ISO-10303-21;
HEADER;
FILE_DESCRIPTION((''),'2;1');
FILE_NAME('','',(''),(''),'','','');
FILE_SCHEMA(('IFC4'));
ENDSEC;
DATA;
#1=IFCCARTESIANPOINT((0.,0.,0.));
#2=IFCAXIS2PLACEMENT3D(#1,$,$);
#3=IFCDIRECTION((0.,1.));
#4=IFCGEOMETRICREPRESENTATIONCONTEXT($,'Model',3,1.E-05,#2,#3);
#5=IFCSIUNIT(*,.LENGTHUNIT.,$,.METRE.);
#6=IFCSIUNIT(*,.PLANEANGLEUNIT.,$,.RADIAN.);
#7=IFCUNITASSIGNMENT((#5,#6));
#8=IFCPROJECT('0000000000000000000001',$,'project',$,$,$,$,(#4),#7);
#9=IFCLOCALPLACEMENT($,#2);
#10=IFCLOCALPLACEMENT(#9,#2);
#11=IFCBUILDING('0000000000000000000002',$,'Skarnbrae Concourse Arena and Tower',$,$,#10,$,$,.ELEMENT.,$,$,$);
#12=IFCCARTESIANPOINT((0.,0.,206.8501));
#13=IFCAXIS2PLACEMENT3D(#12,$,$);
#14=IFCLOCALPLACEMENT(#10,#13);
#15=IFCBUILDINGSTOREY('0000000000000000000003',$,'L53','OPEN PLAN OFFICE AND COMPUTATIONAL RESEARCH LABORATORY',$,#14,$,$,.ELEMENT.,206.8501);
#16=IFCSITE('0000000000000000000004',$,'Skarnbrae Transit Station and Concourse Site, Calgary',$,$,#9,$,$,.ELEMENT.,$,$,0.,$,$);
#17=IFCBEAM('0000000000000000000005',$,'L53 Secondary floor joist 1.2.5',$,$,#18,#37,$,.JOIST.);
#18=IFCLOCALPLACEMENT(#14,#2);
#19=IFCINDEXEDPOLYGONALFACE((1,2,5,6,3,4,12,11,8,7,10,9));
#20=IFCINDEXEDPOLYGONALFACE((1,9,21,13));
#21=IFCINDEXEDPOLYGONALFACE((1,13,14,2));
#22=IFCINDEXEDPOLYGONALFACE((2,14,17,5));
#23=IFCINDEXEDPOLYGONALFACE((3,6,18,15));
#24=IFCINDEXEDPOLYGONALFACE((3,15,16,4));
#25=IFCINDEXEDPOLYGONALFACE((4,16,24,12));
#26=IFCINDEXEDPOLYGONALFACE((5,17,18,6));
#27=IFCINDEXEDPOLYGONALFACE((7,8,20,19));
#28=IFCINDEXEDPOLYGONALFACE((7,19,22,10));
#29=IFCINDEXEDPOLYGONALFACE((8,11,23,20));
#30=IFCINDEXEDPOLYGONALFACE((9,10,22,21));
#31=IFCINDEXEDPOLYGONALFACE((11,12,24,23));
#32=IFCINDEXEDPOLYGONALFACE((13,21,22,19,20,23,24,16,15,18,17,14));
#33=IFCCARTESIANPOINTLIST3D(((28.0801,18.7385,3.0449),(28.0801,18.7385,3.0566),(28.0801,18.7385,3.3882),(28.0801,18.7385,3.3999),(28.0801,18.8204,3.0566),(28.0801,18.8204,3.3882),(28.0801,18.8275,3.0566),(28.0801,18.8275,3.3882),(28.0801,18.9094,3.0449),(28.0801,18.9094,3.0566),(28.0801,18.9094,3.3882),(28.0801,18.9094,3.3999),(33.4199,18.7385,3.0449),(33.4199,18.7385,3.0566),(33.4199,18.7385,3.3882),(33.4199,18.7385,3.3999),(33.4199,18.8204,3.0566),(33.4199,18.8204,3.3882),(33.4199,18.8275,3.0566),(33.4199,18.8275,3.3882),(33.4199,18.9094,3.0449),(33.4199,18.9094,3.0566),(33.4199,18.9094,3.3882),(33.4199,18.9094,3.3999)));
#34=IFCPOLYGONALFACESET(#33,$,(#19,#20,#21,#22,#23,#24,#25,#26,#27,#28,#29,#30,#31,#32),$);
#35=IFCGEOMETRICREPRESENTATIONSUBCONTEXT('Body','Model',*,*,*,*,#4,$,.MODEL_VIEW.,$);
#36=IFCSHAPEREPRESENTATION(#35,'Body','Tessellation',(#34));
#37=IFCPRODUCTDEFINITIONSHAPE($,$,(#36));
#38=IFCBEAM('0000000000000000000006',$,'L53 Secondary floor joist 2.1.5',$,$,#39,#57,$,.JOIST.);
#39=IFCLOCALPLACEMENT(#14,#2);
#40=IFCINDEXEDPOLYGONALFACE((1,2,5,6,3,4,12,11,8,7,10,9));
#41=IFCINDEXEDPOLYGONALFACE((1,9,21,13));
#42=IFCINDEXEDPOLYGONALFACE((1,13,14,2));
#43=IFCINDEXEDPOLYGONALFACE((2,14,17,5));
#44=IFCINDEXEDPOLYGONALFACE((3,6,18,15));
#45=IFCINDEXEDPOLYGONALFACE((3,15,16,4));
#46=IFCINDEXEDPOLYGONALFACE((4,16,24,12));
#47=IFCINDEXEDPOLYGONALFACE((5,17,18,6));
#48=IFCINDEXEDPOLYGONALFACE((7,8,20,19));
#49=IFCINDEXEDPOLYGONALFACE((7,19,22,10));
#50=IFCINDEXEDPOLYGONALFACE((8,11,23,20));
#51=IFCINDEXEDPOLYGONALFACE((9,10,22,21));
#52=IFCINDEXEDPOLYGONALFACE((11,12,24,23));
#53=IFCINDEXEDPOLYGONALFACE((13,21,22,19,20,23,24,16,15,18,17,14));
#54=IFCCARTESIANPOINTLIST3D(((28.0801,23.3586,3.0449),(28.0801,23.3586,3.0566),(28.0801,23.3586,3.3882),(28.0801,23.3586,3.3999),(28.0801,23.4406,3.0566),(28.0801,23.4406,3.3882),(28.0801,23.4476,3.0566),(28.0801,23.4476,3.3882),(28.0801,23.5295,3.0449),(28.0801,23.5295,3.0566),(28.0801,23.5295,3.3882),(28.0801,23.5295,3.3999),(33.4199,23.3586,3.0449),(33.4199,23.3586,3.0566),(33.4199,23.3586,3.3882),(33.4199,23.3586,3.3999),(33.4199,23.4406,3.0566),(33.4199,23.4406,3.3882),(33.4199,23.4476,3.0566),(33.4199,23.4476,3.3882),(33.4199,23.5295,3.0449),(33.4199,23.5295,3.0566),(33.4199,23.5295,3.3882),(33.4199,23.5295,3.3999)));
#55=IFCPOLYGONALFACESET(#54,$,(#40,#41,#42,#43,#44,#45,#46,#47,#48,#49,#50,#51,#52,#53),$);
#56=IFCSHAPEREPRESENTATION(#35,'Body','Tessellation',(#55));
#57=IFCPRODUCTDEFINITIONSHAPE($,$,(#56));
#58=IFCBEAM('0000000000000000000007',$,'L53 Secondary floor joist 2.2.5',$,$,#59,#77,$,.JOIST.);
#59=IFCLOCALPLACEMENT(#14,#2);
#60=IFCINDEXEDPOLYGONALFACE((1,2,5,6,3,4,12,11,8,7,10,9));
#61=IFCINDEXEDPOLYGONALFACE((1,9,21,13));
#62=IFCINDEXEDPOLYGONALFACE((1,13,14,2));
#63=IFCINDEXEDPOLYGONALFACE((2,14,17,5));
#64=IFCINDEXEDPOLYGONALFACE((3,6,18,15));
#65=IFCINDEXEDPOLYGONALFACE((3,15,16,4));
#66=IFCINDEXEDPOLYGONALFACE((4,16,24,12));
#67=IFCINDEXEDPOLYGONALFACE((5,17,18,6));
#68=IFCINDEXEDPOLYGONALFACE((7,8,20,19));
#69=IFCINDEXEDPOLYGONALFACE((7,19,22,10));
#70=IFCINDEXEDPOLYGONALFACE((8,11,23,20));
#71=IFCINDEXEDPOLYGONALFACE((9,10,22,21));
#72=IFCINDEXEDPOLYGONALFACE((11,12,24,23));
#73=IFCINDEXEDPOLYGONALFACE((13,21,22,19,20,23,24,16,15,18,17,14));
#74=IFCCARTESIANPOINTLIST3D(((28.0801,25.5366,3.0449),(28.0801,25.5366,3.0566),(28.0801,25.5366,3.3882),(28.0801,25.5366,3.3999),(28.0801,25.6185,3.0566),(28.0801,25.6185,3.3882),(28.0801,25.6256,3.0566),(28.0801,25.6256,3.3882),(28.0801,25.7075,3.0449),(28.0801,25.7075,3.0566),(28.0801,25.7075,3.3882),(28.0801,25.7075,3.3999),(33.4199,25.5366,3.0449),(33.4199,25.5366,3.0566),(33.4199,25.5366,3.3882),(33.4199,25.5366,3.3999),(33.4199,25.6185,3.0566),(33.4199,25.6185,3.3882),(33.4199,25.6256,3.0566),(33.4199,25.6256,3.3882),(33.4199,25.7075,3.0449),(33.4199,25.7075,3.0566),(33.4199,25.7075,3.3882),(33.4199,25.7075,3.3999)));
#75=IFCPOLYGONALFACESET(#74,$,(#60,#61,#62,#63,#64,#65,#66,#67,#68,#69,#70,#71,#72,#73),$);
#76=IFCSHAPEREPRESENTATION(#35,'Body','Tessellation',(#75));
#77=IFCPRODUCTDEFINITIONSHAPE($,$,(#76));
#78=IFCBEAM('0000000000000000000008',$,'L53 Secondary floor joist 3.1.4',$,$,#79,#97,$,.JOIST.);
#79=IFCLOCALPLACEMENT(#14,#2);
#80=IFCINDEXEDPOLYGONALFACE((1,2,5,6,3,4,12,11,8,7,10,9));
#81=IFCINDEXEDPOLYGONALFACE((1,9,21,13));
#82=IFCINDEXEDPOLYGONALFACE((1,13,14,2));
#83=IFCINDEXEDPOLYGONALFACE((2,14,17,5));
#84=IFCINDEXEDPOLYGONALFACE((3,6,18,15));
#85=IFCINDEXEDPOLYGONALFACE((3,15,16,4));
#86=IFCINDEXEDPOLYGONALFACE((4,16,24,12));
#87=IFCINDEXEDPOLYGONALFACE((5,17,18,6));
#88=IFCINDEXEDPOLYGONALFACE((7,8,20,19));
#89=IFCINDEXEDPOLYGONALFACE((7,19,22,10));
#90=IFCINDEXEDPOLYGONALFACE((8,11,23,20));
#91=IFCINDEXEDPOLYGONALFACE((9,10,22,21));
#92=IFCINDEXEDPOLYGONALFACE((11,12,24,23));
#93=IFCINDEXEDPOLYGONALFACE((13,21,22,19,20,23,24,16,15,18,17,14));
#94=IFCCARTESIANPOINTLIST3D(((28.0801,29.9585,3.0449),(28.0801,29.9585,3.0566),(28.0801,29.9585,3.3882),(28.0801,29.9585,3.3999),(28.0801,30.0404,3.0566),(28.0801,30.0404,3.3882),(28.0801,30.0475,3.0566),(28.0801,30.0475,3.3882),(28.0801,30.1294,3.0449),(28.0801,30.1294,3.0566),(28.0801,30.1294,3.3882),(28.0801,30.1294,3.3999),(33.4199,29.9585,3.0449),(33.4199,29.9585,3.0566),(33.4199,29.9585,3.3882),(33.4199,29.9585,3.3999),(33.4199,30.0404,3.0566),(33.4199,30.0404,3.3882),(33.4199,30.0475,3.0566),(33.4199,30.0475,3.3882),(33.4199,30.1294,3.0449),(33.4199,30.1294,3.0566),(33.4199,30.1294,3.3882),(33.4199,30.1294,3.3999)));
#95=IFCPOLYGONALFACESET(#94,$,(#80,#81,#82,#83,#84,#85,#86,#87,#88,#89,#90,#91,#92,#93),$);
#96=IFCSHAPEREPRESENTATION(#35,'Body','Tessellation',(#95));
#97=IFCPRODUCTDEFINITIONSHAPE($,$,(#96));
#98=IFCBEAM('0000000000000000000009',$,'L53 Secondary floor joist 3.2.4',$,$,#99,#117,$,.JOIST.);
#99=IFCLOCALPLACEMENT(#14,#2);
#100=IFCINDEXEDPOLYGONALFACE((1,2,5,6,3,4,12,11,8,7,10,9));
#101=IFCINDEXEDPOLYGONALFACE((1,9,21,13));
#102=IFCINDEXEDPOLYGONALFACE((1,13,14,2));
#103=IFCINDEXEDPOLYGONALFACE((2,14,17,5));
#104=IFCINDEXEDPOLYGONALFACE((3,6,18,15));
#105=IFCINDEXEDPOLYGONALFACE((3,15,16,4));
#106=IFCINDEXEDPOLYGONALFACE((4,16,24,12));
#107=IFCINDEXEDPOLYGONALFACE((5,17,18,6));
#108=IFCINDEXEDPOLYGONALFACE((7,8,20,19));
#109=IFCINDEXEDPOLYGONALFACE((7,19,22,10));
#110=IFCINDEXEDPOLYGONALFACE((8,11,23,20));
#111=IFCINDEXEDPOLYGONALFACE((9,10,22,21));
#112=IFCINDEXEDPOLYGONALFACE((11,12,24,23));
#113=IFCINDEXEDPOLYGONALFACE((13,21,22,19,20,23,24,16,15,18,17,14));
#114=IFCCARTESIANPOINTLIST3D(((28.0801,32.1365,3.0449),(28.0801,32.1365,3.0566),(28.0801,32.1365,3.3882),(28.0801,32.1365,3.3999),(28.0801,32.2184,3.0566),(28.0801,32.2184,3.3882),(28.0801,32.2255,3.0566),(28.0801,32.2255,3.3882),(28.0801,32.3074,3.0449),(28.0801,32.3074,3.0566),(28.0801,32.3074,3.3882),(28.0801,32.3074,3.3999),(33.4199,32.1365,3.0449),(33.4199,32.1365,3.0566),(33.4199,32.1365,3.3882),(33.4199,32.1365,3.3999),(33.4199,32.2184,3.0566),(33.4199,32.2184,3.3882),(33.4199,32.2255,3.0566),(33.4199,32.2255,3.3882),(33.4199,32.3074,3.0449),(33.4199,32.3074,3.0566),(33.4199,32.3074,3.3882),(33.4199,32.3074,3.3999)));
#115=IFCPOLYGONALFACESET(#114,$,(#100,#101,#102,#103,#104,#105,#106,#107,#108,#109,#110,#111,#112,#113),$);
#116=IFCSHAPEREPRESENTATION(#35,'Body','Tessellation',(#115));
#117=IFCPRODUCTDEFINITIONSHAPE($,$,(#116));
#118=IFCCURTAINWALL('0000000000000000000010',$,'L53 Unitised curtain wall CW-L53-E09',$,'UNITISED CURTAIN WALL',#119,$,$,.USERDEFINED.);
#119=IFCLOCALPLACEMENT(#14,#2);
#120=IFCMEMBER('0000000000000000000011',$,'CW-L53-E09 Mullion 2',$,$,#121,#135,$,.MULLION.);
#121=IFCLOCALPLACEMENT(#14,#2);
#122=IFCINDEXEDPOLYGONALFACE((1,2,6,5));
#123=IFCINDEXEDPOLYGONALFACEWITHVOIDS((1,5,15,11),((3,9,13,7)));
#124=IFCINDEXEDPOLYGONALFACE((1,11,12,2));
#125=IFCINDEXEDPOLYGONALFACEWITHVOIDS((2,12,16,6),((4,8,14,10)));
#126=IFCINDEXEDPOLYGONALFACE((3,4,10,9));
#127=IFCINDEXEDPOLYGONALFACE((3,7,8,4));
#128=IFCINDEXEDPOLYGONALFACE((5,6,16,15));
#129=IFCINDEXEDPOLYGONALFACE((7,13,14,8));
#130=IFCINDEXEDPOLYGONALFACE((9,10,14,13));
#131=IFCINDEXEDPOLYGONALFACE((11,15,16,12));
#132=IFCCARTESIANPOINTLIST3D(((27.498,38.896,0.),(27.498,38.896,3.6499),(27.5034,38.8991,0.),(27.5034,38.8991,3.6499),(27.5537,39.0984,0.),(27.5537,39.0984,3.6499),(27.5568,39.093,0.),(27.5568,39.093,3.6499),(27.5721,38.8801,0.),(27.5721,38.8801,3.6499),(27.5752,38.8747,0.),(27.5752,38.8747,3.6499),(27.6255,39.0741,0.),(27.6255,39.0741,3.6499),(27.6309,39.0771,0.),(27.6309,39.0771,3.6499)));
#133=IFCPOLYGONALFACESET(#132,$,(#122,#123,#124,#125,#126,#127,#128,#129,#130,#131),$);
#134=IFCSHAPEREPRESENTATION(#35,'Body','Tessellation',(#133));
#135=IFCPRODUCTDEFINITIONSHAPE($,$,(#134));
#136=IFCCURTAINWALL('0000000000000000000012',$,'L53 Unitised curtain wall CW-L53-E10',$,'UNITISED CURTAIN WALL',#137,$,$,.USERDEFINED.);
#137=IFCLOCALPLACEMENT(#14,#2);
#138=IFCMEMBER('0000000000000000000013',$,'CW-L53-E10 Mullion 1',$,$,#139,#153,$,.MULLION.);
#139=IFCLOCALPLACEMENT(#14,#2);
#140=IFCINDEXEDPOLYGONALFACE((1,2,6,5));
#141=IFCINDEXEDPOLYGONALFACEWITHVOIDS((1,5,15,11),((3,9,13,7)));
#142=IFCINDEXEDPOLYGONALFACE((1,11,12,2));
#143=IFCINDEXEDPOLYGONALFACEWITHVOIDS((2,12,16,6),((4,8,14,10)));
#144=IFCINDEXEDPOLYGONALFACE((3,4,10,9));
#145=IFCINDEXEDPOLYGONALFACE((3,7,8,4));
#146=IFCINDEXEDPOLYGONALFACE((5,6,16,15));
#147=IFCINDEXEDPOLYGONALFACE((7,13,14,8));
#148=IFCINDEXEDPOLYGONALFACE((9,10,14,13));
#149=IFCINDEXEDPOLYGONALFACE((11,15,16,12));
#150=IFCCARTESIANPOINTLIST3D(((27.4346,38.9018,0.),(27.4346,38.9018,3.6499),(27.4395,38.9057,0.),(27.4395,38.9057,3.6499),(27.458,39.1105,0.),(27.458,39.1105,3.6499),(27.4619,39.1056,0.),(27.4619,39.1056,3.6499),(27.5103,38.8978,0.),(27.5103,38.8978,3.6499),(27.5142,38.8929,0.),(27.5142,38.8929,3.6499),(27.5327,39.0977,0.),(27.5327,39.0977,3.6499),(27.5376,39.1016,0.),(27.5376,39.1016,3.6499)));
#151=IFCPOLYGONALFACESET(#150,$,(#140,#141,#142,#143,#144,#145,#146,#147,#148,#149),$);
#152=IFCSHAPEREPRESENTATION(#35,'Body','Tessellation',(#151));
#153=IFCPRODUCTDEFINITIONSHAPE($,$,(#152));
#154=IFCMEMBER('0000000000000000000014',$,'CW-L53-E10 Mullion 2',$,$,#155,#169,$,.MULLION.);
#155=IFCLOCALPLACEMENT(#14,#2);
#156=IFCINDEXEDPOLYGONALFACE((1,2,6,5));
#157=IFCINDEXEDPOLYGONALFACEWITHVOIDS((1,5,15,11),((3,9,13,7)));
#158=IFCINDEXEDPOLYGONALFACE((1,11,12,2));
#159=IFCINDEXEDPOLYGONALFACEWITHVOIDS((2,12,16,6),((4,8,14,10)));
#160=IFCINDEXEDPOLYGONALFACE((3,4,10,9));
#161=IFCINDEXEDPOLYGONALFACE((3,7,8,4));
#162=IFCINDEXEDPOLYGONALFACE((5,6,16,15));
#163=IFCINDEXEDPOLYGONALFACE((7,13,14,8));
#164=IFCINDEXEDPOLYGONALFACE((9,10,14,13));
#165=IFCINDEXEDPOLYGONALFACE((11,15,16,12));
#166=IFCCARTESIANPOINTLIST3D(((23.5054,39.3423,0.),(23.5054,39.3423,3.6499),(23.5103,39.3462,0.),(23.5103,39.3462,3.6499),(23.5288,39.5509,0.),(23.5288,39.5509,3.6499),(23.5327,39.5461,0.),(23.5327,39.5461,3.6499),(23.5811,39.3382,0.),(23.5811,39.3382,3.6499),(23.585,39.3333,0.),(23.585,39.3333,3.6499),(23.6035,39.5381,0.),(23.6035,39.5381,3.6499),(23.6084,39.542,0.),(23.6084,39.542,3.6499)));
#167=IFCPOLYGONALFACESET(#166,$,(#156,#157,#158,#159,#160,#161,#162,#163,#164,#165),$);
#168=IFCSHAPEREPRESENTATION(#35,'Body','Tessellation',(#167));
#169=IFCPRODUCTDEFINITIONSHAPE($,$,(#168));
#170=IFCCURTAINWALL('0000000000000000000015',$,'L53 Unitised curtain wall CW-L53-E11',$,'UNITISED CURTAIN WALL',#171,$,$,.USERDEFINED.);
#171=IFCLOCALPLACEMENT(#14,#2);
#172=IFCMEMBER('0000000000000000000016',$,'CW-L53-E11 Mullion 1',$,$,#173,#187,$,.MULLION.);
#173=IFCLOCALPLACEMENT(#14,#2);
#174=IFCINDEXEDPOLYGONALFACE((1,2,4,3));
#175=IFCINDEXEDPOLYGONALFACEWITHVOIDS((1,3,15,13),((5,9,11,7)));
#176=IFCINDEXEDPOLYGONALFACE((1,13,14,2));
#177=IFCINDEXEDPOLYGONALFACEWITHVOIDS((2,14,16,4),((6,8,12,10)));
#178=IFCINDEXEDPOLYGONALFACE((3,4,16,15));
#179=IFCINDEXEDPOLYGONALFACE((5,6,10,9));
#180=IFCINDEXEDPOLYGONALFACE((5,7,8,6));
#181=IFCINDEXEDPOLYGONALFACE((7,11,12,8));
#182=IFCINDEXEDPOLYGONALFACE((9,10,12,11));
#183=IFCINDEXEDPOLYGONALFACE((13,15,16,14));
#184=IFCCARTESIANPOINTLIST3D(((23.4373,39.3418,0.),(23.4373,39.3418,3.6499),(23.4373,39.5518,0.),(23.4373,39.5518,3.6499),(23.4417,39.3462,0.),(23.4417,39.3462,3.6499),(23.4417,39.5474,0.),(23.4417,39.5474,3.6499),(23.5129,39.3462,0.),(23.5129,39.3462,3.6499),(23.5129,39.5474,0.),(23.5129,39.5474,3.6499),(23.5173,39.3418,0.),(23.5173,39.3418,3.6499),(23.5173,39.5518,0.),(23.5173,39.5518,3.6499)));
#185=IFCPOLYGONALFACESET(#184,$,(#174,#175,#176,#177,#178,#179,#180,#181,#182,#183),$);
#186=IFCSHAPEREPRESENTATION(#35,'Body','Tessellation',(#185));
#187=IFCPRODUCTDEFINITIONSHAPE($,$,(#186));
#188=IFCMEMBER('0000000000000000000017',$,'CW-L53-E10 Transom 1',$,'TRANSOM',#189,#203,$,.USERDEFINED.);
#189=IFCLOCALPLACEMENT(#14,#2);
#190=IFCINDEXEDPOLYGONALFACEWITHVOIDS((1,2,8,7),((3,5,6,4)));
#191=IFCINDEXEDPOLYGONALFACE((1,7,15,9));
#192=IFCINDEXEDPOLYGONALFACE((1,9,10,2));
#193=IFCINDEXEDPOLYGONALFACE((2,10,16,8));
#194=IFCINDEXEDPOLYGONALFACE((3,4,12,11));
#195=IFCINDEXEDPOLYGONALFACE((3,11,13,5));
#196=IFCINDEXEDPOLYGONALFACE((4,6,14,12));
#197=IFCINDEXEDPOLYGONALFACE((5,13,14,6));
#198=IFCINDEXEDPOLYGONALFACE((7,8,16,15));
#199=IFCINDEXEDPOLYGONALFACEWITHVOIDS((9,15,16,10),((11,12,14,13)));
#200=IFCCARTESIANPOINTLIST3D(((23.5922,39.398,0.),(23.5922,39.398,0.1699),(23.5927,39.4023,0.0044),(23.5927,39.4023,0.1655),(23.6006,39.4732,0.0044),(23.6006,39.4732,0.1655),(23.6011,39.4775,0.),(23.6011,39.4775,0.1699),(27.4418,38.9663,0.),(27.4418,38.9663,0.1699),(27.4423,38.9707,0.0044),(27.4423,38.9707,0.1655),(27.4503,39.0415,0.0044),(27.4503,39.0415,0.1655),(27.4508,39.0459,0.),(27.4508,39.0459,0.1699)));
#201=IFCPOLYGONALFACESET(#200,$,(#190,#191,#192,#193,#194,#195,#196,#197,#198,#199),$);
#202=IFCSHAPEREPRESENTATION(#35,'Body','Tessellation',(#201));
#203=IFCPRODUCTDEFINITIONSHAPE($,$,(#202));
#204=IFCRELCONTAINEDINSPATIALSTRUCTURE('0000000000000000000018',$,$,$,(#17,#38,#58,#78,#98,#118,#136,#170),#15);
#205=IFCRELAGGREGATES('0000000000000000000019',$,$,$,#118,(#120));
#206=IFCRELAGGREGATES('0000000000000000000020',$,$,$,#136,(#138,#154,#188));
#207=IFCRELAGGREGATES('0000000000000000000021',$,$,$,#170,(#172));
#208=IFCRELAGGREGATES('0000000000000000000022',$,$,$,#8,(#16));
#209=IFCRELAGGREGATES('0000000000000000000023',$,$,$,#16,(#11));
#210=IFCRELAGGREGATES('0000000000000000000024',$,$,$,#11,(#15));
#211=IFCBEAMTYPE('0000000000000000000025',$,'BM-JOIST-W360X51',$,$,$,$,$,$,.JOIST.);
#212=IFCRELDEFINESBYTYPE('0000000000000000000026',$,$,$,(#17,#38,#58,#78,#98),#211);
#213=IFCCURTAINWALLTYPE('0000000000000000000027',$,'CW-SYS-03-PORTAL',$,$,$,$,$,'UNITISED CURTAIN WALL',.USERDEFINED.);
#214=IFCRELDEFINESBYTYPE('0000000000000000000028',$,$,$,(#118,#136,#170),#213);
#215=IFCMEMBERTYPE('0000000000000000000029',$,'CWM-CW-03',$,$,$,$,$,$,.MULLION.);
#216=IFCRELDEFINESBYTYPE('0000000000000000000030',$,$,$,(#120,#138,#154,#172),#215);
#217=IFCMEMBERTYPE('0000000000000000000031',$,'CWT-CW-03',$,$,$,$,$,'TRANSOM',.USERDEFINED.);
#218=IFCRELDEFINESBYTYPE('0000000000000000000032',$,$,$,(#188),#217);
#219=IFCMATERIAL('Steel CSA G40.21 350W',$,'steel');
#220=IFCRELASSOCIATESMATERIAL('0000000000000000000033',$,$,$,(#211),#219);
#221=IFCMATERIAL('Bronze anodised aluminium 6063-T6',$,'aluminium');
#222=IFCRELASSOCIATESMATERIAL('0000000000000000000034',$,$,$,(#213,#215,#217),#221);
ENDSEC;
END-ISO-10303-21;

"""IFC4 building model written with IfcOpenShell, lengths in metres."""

from ifc_helpers import new_model, si_unit, direction, frame, origin, origin_2d, place, context, subcontext, project, spatial, hollow_rectangle, i_section, extrude, source, transform, mapped, material, material_profile, profile_set, type_object, element, aggregate, save


model = new_model("IFC4")

# Units and contexts
model_context = context("Model", 3, precision=1e-05, world=origin(), true_north=direction((0.0, 1.0)))
body_context = subcontext(model_context, "Body", "Model", "MODEL_VIEW")
ifc_project = project(units=[si_unit("LENGTHUNIT", "METRE"), si_unit("PLANEANGLEUNIT", "RADIAN")], contexts=[model_context])

# Site, building, storey
site_placement = place(None, origin())
site = spatial("IfcSite", under=ifc_project, at=site_placement, Name="Skarnbrae Transit Station and Concourse Site, Calgary", CompositionType="ELEMENT", RefElevation=0.0)
building_placement = place(site_placement, origin())
building = spatial("IfcBuilding", under=site, at=building_placement, Name="Skarnbrae Concourse Arena and Tower", CompositionType="ELEMENT")
storey_placement = place(building_placement, frame((0.0, 0.0, 206.8501)))
storey = spatial("IfcBuildingStorey", under=building, at=storey_placement, Name="L53", Description="OPEN PLAN OFFICE AND COMPUTATIONAL RESEARCH LABORATORY", CompositionType="ELEMENT", Elevation=206.8501)

# Shared definitions
ifc_material_1 = material(Name="Steel CSA G40.21 350W", Category="steel")

# Beams
ifc_material_profile_1 = material_profile(ifc_material_1, i_section(OverallWidth=0.1709, OverallDepth=0.355, WebThickness=0.0071, FlangeThickness=0.0117, at=origin_2d()), Name="W360X51")
ifc_profile_set_1 = profile_set([ifc_material_profile_1], Name="Steel CSA G40.21 350W")
beam_type_1 = type_object("IfcBeamType", Name="BM-JOIST-W360X51", PredefinedType="JOIST", material=ifc_profile_set_1)
shared_shape_1 = source(origin(), body_context, "Body", "SweptSolid", [
    extrude(i_section(OverallWidth=0.1709, OverallDepth=0.355, WebThickness=0.0071, FlangeThickness=0.0117, at=origin_2d()), origin(), (0.0, 0.0, 1.0), 5.3398),
])
for number, where, z_axis, x_axis, name in (
    (1, (28.0801, 18.824, 3.2224), (1.0, 0.0, 0.0), (0.0, 1.0, 0.0), "L53 Secondary floor joist 1.2.5"),
    (2, (28.0801, 23.4441, 3.2224), (1.0, 0.0, 0.0), (0.0, 1.0, 0.0), "L53 Secondary floor joist 2.1.5"),
    (3, (28.0801, 25.6221, 3.2224), (1.0, 0.0, 0.0), (0.0, 1.0, 0.0), "L53 Secondary floor joist 2.2.5"),
    (4, (28.0801, 30.0439, 3.2224), (1.0, 0.0, 0.0), (0.0, 1.0, 0.0), "L53 Secondary floor joist 3.1.4"),
    (5, (28.0801, 32.2219, 3.2224), (1.0, 0.0, 0.0), (0.0, 1.0, 0.0), "L53 Secondary floor joist 3.2.4"),
):
    element("IfcBeam", number, at=place(storey_placement, frame(where, z_axis=z_axis, x_axis=x_axis)), inside=storey, type_object=beam_type_1, Name=name, PredefinedType="JOIST", context=body_context, shape_type="MappedRepresentation", body=[
        mapped(shared_shape_1, transform((0.0, 0.0, 0.0))),
    ])

# Curtain wall, member
ifc_material_2 = material(Name="Bronze anodised aluminium 6063-T6", Category="aluminium")
curtain_wall_type = type_object("IfcCurtainWallType", Name="CW-SYS-03-PORTAL", ElementType="UNITISED CURTAIN WALL", PredefinedType="USERDEFINED", material=ifc_material_2)
curtain_wall_1_placement = place(storey_placement, origin())
curtain_wall_1 = element("IfcCurtainWall", 6, at=curtain_wall_1_placement, inside=storey, type_object=curtain_wall_type, Name="L53 Unitised curtain wall CW-L53-E09", ObjectType="UNITISED CURTAIN WALL", PredefinedType="USERDEFINED")
ifc_material_profile_2 = material_profile(ifc_material_2, hollow_rectangle(XDim=0.0801, YDim=0.21, WallThickness=0.0044, at=origin_2d()), Name="ALU-MULL-80X210")
ifc_profile_set_2 = profile_set([ifc_material_profile_2], Name="Bronze anodised aluminium 6063-T6")
member_type_1 = type_object("IfcMemberType", Name="CWM-CW-03", PredefinedType="MULLION", material=ifc_profile_set_2)
shared_shape_2 = source(origin(), body_context, "Body", "SweptSolid", [
    extrude(hollow_rectangle(XDim=0.0801, YDim=0.21, WallThickness=0.0044, at=origin_2d()), origin(), (0.0, 0.0, 1.0), 3.6499),
])
member_1_placement = place(storey_placement, frame((27.5645, 38.9866, 0.0), z_axis=(0.0, 0.0, 1.0), x_axis=(-0.964057, 0.265694, 0.0)))
member_1 = element("IfcMember", 7, at=member_1_placement, type_object=member_type_1, Name="CW-L53-E09 Mullion 2", PredefinedType="MULLION", context=body_context, shape_type="MappedRepresentation", body=[
    mapped(shared_shape_2, transform((0.0, 0.0, 0.0))),
])
aggregate(curtain_wall_1, [member_1])

# Curtain wall, members
curtain_wall_2_placement = place(storey_placement, origin())
curtain_wall_2 = element("IfcCurtainWall", 8, at=curtain_wall_2_placement, inside=storey, type_object=curtain_wall_type, Name="L53 Unitised curtain wall CW-L53-E10", ObjectType="UNITISED CURTAIN WALL", PredefinedType="USERDEFINED")
member_2_placement = place(storey_placement, frame((27.4861, 39.0017, 0.0), z_axis=(0.0, 0.0, 1.0), x_axis=(-0.993769, 0.11146, 0.0)))
member_2 = element("IfcMember", 9, at=member_2_placement, type_object=member_type_1, Name="CW-L53-E10 Mullion 1", PredefinedType="MULLION", context=body_context, shape_type="MappedRepresentation", body=[
    mapped(shared_shape_2, transform((0.0, 0.0, 0.0))),
])
member_3_placement = place(storey_placement, frame((23.5569, 39.4421, 0.0), z_axis=(0.0, 0.0, 1.0), x_axis=(-0.993769, 0.11146, 0.0)))
member_3 = element("IfcMember", 10, at=member_3_placement, type_object=member_type_1, Name="CW-L53-E10 Mullion 2", PredefinedType="MULLION", context=body_context, shape_type="MappedRepresentation", body=[
    mapped(shared_shape_2, transform((0.0, 0.0, 0.0))),
])

# Curtain wall, member
curtain_wall_3_placement = place(storey_placement, origin())
curtain_wall_3 = element("IfcCurtainWall", 11, at=curtain_wall_3_placement, inside=storey, type_object=curtain_wall_type, Name="L53 Unitised curtain wall CW-L53-E11", ObjectType="UNITISED CURTAIN WALL", PredefinedType="USERDEFINED")
member_4_placement = place(storey_placement, frame((23.4773, 39.4468, 0.0), z_axis=(0.0, 0.0, 1.0), x_axis=(-1.0, 0.0, 0.0)))
member_4 = element("IfcMember", 12, at=member_4_placement, type_object=member_type_1, Name="CW-L53-E11 Mullion 1", PredefinedType="MULLION", context=body_context, shape_type="MappedRepresentation", body=[
    mapped(shared_shape_2, transform((0.0, 0.0, 0.0))),
])

# Member
ifc_material_profile_3 = material_profile(ifc_material_2, hollow_rectangle(XDim=0.0801, YDim=0.1699, WallThickness=0.0044, at=origin_2d()), Name="ALU-TRAN-80X170")
ifc_profile_set_3 = profile_set([ifc_material_profile_3], Name="Bronze anodised aluminium 6063-T6")
member_type_2 = type_object("IfcMemberType", Name="CWT-CW-03", ElementType="TRANSOM", PredefinedType="USERDEFINED", material=ifc_profile_set_3)
shared_shape_3 = source(origin(), body_context, "Body", "SweptSolid", [
    extrude(hollow_rectangle(XDim=0.0801, YDim=0.1699, WallThickness=0.0044, at=origin_2d()), origin(), (0.0, 0.0, 1.0), 3.8738),
])
member_5_placement = place(storey_placement, frame((27.4463, 39.0061, 0.085), z_axis=(-0.993773, 0.111428, 0.0), x_axis=(-0.111428, -0.993773, 0.0)))
member_5 = element("IfcMember", 13, at=member_5_placement, type_object=member_type_2, Name="CW-L53-E10 Transom 1", ObjectType="TRANSOM", PredefinedType="USERDEFINED", context=body_context, shape_type="MappedRepresentation", body=[
    mapped(shared_shape_3, transform((0.0, 0.0, 0.0))),
])

aggregate(curtain_wall_2, [member_2, member_3, member_5])
aggregate(curtain_wall_3, [member_4])

save(model, "model.ifc")
